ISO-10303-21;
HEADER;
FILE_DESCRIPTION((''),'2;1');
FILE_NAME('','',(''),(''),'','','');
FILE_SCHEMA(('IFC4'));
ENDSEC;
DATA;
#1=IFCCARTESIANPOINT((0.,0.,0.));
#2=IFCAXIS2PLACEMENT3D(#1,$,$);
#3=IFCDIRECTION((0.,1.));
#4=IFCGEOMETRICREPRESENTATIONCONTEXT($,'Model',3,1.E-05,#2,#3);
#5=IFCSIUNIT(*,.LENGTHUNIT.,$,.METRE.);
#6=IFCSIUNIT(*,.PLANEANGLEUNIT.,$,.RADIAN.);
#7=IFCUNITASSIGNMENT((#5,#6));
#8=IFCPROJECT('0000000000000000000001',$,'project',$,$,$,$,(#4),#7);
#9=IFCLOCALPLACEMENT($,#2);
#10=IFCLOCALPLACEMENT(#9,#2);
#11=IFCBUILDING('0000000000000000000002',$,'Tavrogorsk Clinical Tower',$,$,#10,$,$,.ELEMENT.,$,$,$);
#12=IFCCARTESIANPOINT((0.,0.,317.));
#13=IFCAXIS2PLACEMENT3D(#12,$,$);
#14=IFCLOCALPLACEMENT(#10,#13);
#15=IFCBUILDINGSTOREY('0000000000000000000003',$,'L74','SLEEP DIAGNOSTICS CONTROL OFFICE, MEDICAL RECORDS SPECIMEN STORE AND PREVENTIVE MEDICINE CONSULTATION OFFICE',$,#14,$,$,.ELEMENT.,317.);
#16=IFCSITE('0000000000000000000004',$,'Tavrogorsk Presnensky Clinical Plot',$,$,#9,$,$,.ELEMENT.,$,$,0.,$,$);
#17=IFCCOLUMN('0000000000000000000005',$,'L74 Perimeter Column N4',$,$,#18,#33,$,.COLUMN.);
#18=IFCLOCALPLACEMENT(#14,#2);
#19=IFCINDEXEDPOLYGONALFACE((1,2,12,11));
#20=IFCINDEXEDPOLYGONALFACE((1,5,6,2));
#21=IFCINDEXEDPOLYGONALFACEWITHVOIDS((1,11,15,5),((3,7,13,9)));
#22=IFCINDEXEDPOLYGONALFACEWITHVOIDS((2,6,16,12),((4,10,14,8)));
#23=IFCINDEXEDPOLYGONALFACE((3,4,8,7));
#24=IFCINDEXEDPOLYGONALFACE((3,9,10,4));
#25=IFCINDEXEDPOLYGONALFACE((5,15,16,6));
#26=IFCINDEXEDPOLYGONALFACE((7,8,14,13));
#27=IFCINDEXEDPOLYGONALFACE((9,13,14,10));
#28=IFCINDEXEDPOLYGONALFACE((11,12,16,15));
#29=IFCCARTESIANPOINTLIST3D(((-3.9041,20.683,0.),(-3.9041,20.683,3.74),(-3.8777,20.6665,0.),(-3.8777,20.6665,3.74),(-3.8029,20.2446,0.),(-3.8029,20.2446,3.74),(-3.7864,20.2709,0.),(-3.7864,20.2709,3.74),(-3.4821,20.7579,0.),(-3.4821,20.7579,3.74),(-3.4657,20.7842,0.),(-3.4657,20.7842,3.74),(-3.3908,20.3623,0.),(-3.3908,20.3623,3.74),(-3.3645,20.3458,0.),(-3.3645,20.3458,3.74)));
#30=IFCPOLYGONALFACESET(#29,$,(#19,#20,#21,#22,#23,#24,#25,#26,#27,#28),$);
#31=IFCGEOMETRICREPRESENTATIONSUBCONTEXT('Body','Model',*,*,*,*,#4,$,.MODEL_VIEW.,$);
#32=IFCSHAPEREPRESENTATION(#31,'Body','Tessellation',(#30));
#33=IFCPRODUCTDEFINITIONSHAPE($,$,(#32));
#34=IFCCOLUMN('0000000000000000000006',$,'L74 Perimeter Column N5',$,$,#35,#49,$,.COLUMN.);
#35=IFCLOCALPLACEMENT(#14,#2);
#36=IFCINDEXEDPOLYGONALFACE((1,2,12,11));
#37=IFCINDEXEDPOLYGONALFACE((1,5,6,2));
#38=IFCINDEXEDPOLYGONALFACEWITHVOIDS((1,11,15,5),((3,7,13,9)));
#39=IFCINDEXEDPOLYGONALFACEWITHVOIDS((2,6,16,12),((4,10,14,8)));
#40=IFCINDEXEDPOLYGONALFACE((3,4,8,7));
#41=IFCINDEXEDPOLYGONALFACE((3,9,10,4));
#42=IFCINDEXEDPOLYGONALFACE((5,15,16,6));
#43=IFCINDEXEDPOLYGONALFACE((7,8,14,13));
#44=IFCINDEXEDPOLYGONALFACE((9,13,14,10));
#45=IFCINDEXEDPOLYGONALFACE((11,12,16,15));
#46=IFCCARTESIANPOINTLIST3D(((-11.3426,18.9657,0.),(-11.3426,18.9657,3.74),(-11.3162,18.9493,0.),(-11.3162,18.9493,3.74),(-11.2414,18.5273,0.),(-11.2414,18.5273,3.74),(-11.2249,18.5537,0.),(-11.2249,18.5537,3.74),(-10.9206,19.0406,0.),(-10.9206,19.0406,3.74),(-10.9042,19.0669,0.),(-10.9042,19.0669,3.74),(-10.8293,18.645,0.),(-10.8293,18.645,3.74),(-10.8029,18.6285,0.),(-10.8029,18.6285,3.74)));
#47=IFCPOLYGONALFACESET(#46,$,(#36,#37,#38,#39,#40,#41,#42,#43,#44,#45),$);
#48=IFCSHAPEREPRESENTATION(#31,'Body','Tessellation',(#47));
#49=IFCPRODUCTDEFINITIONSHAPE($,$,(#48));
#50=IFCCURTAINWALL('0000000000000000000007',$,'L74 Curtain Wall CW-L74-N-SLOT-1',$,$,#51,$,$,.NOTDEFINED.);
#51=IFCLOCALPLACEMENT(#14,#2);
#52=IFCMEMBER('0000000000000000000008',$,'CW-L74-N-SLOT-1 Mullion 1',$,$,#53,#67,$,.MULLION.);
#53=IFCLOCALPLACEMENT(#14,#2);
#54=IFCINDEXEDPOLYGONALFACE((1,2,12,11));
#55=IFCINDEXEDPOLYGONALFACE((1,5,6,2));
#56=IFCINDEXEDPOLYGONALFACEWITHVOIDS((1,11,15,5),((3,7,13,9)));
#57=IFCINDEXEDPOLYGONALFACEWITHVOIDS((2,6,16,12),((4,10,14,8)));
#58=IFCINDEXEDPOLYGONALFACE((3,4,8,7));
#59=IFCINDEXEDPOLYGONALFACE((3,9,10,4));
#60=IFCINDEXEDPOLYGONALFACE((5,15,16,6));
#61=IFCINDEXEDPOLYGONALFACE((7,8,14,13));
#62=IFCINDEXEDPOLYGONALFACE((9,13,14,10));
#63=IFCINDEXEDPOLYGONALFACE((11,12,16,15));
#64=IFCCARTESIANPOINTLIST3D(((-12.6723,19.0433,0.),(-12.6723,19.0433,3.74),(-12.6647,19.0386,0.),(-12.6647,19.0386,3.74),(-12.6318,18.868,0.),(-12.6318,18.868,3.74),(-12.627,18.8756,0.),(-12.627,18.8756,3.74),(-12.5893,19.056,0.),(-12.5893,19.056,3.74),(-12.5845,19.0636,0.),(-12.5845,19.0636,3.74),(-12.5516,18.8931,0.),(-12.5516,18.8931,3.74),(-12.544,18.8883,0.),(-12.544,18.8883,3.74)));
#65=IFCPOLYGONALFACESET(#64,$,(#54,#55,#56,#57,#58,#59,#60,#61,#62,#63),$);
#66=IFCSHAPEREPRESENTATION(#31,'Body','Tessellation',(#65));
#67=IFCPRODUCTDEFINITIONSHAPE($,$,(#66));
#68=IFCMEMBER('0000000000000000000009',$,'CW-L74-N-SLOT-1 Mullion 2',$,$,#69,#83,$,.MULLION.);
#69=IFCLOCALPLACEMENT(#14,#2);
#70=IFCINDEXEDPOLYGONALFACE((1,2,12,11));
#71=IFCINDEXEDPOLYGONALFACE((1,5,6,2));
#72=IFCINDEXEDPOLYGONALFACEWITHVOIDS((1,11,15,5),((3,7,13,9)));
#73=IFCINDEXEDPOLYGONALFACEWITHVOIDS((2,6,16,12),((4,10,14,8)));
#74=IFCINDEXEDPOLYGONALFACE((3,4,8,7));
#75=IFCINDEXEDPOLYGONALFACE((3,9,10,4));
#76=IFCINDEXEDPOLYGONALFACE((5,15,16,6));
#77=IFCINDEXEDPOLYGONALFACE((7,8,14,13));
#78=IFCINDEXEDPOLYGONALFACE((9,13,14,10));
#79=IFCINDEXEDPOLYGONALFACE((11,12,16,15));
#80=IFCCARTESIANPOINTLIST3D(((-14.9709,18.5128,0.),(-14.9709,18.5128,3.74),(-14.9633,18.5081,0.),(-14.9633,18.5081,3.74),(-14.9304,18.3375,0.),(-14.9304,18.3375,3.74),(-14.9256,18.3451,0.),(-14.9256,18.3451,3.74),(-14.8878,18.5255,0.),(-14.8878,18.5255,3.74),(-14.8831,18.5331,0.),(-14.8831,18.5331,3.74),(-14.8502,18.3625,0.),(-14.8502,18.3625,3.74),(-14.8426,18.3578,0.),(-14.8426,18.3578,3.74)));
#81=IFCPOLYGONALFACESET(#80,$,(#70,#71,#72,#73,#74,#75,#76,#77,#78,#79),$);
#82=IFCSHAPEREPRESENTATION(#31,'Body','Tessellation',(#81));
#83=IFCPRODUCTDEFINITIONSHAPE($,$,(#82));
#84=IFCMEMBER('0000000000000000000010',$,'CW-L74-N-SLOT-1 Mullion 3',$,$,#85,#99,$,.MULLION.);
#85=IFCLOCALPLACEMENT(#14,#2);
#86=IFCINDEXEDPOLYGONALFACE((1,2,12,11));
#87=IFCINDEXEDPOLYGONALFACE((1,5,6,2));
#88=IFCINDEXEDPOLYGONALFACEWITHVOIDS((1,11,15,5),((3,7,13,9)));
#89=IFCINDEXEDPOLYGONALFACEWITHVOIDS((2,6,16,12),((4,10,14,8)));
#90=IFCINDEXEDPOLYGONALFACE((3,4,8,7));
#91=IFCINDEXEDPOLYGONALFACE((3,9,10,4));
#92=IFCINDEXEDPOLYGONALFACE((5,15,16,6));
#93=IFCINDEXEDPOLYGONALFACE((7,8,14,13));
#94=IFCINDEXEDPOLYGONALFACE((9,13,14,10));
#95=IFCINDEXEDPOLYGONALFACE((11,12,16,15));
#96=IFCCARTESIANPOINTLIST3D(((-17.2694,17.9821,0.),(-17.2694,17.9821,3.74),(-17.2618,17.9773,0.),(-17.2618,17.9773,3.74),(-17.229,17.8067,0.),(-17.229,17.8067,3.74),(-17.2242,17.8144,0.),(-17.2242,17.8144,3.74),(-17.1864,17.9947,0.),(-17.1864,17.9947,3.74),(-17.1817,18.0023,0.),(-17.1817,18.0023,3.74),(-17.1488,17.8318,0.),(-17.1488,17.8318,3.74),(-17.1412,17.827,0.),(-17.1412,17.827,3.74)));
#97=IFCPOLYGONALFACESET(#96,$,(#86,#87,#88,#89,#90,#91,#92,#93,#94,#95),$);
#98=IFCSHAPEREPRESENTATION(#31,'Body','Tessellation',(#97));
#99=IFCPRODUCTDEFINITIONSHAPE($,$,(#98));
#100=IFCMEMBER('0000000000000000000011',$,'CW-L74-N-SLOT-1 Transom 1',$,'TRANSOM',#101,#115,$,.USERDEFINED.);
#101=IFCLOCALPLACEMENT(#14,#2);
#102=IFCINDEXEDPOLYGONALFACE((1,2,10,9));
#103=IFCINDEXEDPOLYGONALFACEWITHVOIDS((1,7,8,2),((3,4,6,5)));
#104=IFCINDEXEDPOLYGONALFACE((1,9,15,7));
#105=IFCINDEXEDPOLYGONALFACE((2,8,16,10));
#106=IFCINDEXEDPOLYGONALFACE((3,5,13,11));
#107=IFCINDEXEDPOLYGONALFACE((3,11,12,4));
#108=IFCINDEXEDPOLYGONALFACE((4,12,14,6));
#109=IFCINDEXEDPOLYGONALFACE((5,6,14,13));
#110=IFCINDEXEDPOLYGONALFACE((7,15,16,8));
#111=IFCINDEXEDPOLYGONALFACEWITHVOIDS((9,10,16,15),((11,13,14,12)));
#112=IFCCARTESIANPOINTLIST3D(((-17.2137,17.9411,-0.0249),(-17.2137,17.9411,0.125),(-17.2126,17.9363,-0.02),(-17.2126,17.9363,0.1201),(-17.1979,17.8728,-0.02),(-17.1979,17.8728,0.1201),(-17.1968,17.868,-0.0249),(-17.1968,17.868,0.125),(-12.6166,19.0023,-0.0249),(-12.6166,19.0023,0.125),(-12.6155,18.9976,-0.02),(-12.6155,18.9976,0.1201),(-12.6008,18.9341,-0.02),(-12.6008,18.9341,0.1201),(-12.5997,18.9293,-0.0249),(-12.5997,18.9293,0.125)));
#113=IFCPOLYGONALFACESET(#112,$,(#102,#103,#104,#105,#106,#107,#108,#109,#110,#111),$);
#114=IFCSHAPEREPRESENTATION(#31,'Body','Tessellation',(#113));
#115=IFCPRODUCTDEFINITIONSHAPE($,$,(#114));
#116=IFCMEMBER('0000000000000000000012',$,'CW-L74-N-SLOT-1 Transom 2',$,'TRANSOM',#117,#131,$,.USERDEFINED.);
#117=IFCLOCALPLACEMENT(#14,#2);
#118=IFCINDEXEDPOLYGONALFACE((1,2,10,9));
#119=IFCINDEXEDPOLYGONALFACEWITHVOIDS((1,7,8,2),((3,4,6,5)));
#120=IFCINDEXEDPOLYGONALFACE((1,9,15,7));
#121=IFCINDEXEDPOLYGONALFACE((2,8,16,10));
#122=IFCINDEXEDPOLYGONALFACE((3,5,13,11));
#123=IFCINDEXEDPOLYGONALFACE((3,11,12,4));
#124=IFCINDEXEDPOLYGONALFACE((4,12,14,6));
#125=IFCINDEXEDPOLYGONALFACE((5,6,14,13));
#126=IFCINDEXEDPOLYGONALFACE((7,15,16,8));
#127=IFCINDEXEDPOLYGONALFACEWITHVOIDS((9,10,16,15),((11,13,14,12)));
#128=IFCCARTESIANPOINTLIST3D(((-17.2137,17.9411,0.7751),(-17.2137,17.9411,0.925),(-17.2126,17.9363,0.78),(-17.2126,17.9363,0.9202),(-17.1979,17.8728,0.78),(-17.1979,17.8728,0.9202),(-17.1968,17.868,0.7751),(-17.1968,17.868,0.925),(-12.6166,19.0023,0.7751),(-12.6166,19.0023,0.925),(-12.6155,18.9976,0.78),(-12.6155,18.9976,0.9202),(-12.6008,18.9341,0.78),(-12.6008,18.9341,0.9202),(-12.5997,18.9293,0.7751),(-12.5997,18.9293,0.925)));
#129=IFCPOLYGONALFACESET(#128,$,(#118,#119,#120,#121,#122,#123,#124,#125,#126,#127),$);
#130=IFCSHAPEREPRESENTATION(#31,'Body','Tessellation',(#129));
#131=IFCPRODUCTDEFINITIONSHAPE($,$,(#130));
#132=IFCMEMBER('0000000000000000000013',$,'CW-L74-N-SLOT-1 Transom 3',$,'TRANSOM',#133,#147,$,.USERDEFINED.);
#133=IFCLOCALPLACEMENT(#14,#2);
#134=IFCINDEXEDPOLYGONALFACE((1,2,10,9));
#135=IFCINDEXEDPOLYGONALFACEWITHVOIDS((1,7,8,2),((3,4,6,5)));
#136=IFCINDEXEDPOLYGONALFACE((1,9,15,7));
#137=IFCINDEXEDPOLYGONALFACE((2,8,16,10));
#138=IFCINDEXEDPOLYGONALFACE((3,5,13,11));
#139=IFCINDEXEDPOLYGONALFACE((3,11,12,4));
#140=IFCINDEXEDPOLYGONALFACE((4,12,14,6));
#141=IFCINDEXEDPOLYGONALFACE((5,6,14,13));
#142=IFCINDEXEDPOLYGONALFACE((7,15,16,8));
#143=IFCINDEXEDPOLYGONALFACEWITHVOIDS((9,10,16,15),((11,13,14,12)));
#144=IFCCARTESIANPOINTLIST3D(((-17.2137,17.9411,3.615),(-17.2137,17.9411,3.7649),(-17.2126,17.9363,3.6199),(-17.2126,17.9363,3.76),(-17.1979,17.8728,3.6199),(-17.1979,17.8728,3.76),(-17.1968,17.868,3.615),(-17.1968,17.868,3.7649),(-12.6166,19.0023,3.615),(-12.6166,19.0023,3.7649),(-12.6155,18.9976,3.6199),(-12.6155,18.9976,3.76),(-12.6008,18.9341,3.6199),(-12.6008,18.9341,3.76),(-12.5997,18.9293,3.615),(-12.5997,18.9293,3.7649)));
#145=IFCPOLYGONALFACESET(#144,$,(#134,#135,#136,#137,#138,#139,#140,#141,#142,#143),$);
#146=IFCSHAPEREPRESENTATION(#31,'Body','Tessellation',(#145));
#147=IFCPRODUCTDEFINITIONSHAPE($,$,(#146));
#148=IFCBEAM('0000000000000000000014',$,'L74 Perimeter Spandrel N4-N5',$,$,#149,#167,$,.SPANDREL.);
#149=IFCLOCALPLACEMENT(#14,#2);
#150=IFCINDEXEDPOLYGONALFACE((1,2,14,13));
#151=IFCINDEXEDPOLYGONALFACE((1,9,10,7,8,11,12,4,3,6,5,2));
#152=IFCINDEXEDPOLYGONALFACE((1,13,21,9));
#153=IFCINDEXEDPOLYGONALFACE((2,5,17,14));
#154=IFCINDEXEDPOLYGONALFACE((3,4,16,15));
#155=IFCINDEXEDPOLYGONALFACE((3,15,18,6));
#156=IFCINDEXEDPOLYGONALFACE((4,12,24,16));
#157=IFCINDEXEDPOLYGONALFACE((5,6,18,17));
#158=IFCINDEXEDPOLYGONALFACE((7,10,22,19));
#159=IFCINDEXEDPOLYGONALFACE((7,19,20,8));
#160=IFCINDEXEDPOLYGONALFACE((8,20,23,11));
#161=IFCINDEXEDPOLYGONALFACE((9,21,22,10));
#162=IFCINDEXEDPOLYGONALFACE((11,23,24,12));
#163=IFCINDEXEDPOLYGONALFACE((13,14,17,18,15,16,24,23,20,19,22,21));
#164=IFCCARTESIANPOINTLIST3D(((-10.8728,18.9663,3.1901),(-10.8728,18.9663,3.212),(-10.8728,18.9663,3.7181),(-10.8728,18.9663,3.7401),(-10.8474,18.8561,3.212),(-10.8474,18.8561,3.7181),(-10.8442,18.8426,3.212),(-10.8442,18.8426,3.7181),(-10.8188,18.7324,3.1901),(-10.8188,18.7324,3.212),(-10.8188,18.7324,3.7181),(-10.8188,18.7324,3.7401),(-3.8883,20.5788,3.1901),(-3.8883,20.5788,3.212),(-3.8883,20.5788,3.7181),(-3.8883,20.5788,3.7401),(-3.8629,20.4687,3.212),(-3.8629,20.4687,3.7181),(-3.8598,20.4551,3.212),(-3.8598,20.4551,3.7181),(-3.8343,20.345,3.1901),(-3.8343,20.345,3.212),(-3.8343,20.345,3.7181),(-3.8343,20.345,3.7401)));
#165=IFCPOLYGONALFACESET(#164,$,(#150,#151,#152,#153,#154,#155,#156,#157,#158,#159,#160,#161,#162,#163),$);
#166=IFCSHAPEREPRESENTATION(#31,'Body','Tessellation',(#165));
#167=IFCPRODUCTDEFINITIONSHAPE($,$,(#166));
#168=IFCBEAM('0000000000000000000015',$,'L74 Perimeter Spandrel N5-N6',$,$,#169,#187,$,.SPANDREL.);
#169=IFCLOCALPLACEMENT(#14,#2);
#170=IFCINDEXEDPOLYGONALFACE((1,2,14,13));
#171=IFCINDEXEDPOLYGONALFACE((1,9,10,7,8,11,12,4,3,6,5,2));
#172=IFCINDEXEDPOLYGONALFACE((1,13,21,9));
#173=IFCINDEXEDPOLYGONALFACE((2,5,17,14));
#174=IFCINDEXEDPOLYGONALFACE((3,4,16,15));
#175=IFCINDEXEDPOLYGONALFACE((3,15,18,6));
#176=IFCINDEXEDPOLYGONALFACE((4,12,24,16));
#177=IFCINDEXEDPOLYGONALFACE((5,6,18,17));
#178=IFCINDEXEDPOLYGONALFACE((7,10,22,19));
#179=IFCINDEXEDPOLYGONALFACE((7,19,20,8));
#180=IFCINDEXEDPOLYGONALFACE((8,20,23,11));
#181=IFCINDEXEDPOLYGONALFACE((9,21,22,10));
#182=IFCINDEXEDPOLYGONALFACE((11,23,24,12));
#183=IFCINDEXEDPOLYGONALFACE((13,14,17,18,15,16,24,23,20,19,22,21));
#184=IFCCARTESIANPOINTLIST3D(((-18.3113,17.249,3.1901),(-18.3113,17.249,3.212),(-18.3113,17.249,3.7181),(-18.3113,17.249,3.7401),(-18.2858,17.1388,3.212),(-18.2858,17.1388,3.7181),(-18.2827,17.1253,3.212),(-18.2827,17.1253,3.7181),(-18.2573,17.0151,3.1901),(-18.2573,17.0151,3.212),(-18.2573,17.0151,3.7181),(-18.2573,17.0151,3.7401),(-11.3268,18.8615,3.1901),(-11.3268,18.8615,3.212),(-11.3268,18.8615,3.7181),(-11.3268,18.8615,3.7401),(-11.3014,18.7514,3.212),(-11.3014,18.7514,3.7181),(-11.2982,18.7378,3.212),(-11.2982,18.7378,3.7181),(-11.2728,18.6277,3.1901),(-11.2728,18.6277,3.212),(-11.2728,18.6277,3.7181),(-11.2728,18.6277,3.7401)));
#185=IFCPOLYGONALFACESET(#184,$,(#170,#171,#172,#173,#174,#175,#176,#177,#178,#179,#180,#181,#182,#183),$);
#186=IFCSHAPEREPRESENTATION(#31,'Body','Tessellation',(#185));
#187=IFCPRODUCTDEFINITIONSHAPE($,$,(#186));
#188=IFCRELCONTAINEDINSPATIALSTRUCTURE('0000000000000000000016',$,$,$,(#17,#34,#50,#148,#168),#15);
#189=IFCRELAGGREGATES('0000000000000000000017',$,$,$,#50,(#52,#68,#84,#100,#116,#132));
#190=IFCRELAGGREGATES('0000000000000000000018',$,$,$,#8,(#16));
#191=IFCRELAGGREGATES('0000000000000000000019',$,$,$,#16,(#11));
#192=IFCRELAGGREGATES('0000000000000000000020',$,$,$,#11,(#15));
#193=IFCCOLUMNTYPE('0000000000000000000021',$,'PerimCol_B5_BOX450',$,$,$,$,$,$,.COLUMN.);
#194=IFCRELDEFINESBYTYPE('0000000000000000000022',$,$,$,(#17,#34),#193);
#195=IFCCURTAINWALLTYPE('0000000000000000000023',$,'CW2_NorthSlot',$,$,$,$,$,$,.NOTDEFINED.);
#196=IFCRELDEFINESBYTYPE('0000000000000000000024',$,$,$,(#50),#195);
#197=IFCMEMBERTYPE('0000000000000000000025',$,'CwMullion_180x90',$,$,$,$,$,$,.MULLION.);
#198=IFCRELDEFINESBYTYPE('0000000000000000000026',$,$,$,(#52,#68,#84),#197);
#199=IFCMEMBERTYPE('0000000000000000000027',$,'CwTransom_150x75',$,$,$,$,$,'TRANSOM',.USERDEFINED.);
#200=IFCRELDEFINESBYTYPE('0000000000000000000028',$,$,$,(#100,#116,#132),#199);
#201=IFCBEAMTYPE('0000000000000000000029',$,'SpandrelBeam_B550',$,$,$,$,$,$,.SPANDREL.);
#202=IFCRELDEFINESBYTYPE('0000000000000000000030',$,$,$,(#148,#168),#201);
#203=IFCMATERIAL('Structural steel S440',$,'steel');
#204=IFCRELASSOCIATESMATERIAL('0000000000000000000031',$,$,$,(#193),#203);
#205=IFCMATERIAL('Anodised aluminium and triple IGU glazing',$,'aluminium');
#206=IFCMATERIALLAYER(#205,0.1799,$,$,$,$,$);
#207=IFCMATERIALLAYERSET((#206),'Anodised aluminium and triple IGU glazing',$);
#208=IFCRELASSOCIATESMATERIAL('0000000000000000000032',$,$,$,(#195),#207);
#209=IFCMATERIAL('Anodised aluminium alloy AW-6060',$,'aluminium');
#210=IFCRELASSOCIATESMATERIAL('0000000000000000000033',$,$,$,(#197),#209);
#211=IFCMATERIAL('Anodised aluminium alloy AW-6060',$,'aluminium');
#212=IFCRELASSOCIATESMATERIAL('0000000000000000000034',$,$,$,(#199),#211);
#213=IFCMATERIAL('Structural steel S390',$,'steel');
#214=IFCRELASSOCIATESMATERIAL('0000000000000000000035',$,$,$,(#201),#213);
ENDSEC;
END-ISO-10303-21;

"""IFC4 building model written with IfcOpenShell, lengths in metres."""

from ifc_helpers import new_model, si_unit, direction, frame, origin, origin_2d, place, context, subcontext, project, spatial, hollow_rectangle, i_section, extrude, material, layer, layer_set, material_profile, profile_set, type_object, element, aggregate, save


model = new_model("IFC4")

# Units and contexts
model_context = context("Model", 3, precision=1e-05, world=origin(), true_north=direction((0.0, 1.0)))
body_context = subcontext(model_context, "Body", "Model", "MODEL_VIEW")
ifc_project = project(units=[si_unit("LENGTHUNIT", "METRE"), si_unit("PLANEANGLEUNIT", "RADIAN")], contexts=[model_context])

# Site, building, storey
site_placement = place(None, origin())
site = spatial("IfcSite", under=ifc_project, at=site_placement, Name="Tavrogorsk Presnensky Clinical Plot", CompositionType="ELEMENT", RefElevation=0.0)
building_placement = place(site_placement, origin())
building = spatial("IfcBuilding", under=site, at=building_placement, Name="Tavrogorsk Clinical Tower", CompositionType="ELEMENT")
storey_placement = place(building_placement, frame((0.0, 0.0, 317.0)))
storey = spatial("IfcBuildingStorey", under=building, at=storey_placement, Name="L74", Description="SLEEP DIAGNOSTICS CONTROL OFFICE, MEDICAL RECORDS SPECIMEN STORE AND PREVENTIVE MEDICINE CONSULTATION OFFICE", CompositionType="ELEMENT", Elevation=317.0)

# Columns
ifc_material_1 = material(Name="Structural steel S440", Category="steel")
ifc_material_profile_1 = material_profile(ifc_material_1, hollow_rectangle(XDim=0.45, YDim=0.45, WallThickness=0.022, at=origin_2d()), Name="BOX-450x450x22")
ifc_profile_set_1 = profile_set([ifc_material_profile_1], Name="Structural steel S440")
column_type = type_object("IfcColumnType", Name="PerimCol_B5_BOX450", PredefinedType="COLUMN", material=ifc_profile_set_1)
for number, where, z_axis, x_axis, name in (
    (1, (-3.6343, 20.5144, 0.0), (0.0, 0.0, 1.0), (0.97437, 0.224951, 0.0), "L74 Perimeter Column N4"),
    (2, (-11.0728, 18.7971, 0.0), (0.0, 0.0, 1.0), (0.97437, 0.224951, 0.0), "L74 Perimeter Column N5"),
):
    element("IfcColumn", number, at=place(storey_placement, frame(where, z_axis=z_axis, x_axis=x_axis)), inside=storey, type_object=column_type, Name=name, PredefinedType="COLUMN", context=body_context, shape_type="SweptSolid", body=[
        extrude(hollow_rectangle(XDim=0.45, YDim=0.45, WallThickness=0.022, at=origin_2d()), origin(), (0.0, 0.0, 1.0), 3.74),
    ])

# Curtain wall, members
ifc_material_2 = material(Name="Anodised aluminium and triple IGU glazing", Category="aluminium")
ifc_layer_1 = layer(ifc_material_2, 0.1799)
ifc_layer_set_1 = layer_set([ifc_layer_1], Name="Anodised aluminium and triple IGU glazing")
curtain_wall_type = type_object("IfcCurtainWallType", Name="CW2_NorthSlot", PredefinedType="NOTDEFINED", material=ifc_layer_set_1)
curtain_wall_placement = place(storey_placement, origin())
curtain_wall = element("IfcCurtainWall", 3, at=curtain_wall_placement, inside=storey, type_object=curtain_wall_type, Name="L74 Curtain Wall CW-L74-N-SLOT-1", PredefinedType="NOTDEFINED")
ifc_material_3 = material(Name="Anodised aluminium alloy AW-6060", Category="aluminium")
ifc_material_profile_2 = material_profile(ifc_material_3, hollow_rectangle(XDim=0.0901, YDim=0.1799, WallThickness=0.0063, at=origin_2d()), Name="RHS-180x90x6.3")
ifc_profile_set_2 = profile_set([ifc_material_profile_2], Name="Anodised aluminium alloy AW-6060")
member_type_1 = type_object("IfcMemberType", Name="CwMullion_180x90", PredefinedType="MULLION", material=ifc_profile_set_2)
member_1_placement = place(storey_placement, frame((-12.6082, 18.9658, 0.0), z_axis=(0.0, 0.0, 1.0), x_axis=(-0.97437, -0.224951, 0.0)))
member_1 = element("IfcMember", 4, at=member_1_placement, type_object=member_type_1, Name="CW-L74-N-SLOT-1 Mullion 1", PredefinedType="MULLION", context=body_context, shape_type="SweptSolid", body=[
    extrude(hollow_rectangle(XDim=0.0901, YDim=0.1799, WallThickness=0.0063, at=origin_2d()), origin(), (0.0, 0.0, 1.0), 3.74),
])
member_2_placement = place(storey_placement, frame((-14.9067, 18.4353, 0.0), z_axis=(0.0, 0.0, 1.0), x_axis=(-0.97437, -0.224951, 0.0)))
member_2 = element("IfcMember", 5, at=member_2_placement, type_object=member_type_1, Name="CW-L74-N-SLOT-1 Mullion 2", PredefinedType="MULLION", context=body_context, shape_type="SweptSolid", body=[
    extrude(hollow_rectangle(XDim=0.0901, YDim=0.1799, WallThickness=0.0063, at=origin_2d()), origin(), (0.0, 0.0, 1.0), 3.74),
])
member_3_placement = place(storey_placement, frame((-17.2053, 17.9045, 0.0), z_axis=(0.0, 0.0, 1.0), x_axis=(-0.97437, -0.224951, 0.0)))
member_3 = element("IfcMember", 6, at=member_3_placement, type_object=member_type_1, Name="CW-L74-N-SLOT-1 Mullion 3", PredefinedType="MULLION", context=body_context, shape_type="SweptSolid", body=[
    extrude(hollow_rectangle(XDim=0.0901, YDim=0.1799, WallThickness=0.0063, at=origin_2d()), origin(), (0.0, 0.0, 1.0), 3.74),
])
ifc_material_4 = material(Name="Anodised aluminium alloy AW-6060", Category="aluminium")
ifc_material_profile_3 = material_profile(ifc_material_4, hollow_rectangle(XDim=0.075, YDim=0.1499, WallThickness=0.0049, at=origin_2d()), Name="RHS-150x75x5")
ifc_profile_set_3 = profile_set([ifc_material_profile_3], Name="Anodised aluminium alloy AW-6060")
member_type_2 = type_object("IfcMemberType", Name="CwTransom_150x75", ElementType="TRANSOM", PredefinedType="USERDEFINED", material=ifc_profile_set_3)
member_4_placement = place(storey_placement, frame((-12.6082, 18.9658, 0.05), z_axis=(-0.974373, -0.224939, 0.0), x_axis=(0.224939, -0.974373, 0.0)))
member_4 = element("IfcMember", 7, at=member_4_placement, type_object=member_type_2, Name="CW-L74-N-SLOT-1 Transom 1", ObjectType="TRANSOM", PredefinedType="USERDEFINED", context=body_context, shape_type="SweptSolid", body=[
    extrude(hollow_rectangle(XDim=0.075, YDim=0.1499, WallThickness=0.0049, at=origin_2d()), origin(), (0.0, 0.0, 1.0), 4.718),
])
member_5_placement = place(storey_placement, frame((-12.6082, 18.9658, 0.8501), z_axis=(-0.974373, -0.224939, 0.0), x_axis=(0.224939, -0.974373, 0.0)))
member_5 = element("IfcMember", 8, at=member_5_placement, type_object=member_type_2, Name="CW-L74-N-SLOT-1 Transom 2", ObjectType="TRANSOM", PredefinedType="USERDEFINED", context=body_context, shape_type="SweptSolid", body=[
    extrude(hollow_rectangle(XDim=0.075, YDim=0.1499, WallThickness=0.0049, at=origin_2d()), origin(), (0.0, 0.0, 1.0), 4.718),
])
member_6_placement = place(storey_placement, frame((-12.6082, 18.9658, 3.6899), z_axis=(-0.974373, -0.224939, 0.0), x_axis=(0.224939, -0.974373, 0.0)))
member_6 = element("IfcMember", 9, at=member_6_placement, type_object=member_type_2, Name="CW-L74-N-SLOT-1 Transom 3", ObjectType="TRANSOM", PredefinedType="USERDEFINED", context=body_context, shape_type="SweptSolid", body=[
    extrude(hollow_rectangle(XDim=0.075, YDim=0.1499, WallThickness=0.0049, at=origin_2d()), origin(), (0.0, 0.0, 1.0), 4.718),
])

# Beams
ifc_material_5 = material(Name="Structural steel S390", Category="steel")
ifc_material_profile_4 = material_profile(ifc_material_5, i_section(OverallWidth=0.24, OverallDepth=0.55, WebThickness=0.0139, FlangeThickness=0.022, at=origin_2d()), Name="B-550x240x14x22")
ifc_profile_set_4 = profile_set([ifc_material_profile_4], Name="Structural steel S390")
beam_type = type_object("IfcBeamType", Name="SpandrelBeam_B550", PredefinedType="SPANDREL", material=ifc_profile_set_4)
for number, where, z_axis, x_axis, name in (
    (10, (-3.8613, 20.4619, 3.4651), (-0.974368, -0.224961, 0.0), (0.224961, -0.974368, 0.0), "L74 Perimeter Spandrel N4-N5"),
    (11, (-11.2998, 18.7446, 3.4651), (-0.974368, -0.224961, 0.0), (0.224961, -0.974368, 0.0), "L74 Perimeter Spandrel N5-N6"),
):
    element("IfcBeam", number, at=place(storey_placement, frame(where, z_axis=z_axis, x_axis=x_axis)), inside=storey, type_object=beam_type, Name=name, PredefinedType="SPANDREL", context=body_context, shape_type="SweptSolid", body=[
        extrude(i_section(OverallWidth=0.24, OverallDepth=0.55, WebThickness=0.0139, FlangeThickness=0.022, at=origin_2d()), origin(), (0.0, 0.0, 1.0), 7.1682),
    ])

aggregate(curtain_wall, [member_1, member_2, member_3, member_4, member_5, member_6])

save(model, "model.ifc")
